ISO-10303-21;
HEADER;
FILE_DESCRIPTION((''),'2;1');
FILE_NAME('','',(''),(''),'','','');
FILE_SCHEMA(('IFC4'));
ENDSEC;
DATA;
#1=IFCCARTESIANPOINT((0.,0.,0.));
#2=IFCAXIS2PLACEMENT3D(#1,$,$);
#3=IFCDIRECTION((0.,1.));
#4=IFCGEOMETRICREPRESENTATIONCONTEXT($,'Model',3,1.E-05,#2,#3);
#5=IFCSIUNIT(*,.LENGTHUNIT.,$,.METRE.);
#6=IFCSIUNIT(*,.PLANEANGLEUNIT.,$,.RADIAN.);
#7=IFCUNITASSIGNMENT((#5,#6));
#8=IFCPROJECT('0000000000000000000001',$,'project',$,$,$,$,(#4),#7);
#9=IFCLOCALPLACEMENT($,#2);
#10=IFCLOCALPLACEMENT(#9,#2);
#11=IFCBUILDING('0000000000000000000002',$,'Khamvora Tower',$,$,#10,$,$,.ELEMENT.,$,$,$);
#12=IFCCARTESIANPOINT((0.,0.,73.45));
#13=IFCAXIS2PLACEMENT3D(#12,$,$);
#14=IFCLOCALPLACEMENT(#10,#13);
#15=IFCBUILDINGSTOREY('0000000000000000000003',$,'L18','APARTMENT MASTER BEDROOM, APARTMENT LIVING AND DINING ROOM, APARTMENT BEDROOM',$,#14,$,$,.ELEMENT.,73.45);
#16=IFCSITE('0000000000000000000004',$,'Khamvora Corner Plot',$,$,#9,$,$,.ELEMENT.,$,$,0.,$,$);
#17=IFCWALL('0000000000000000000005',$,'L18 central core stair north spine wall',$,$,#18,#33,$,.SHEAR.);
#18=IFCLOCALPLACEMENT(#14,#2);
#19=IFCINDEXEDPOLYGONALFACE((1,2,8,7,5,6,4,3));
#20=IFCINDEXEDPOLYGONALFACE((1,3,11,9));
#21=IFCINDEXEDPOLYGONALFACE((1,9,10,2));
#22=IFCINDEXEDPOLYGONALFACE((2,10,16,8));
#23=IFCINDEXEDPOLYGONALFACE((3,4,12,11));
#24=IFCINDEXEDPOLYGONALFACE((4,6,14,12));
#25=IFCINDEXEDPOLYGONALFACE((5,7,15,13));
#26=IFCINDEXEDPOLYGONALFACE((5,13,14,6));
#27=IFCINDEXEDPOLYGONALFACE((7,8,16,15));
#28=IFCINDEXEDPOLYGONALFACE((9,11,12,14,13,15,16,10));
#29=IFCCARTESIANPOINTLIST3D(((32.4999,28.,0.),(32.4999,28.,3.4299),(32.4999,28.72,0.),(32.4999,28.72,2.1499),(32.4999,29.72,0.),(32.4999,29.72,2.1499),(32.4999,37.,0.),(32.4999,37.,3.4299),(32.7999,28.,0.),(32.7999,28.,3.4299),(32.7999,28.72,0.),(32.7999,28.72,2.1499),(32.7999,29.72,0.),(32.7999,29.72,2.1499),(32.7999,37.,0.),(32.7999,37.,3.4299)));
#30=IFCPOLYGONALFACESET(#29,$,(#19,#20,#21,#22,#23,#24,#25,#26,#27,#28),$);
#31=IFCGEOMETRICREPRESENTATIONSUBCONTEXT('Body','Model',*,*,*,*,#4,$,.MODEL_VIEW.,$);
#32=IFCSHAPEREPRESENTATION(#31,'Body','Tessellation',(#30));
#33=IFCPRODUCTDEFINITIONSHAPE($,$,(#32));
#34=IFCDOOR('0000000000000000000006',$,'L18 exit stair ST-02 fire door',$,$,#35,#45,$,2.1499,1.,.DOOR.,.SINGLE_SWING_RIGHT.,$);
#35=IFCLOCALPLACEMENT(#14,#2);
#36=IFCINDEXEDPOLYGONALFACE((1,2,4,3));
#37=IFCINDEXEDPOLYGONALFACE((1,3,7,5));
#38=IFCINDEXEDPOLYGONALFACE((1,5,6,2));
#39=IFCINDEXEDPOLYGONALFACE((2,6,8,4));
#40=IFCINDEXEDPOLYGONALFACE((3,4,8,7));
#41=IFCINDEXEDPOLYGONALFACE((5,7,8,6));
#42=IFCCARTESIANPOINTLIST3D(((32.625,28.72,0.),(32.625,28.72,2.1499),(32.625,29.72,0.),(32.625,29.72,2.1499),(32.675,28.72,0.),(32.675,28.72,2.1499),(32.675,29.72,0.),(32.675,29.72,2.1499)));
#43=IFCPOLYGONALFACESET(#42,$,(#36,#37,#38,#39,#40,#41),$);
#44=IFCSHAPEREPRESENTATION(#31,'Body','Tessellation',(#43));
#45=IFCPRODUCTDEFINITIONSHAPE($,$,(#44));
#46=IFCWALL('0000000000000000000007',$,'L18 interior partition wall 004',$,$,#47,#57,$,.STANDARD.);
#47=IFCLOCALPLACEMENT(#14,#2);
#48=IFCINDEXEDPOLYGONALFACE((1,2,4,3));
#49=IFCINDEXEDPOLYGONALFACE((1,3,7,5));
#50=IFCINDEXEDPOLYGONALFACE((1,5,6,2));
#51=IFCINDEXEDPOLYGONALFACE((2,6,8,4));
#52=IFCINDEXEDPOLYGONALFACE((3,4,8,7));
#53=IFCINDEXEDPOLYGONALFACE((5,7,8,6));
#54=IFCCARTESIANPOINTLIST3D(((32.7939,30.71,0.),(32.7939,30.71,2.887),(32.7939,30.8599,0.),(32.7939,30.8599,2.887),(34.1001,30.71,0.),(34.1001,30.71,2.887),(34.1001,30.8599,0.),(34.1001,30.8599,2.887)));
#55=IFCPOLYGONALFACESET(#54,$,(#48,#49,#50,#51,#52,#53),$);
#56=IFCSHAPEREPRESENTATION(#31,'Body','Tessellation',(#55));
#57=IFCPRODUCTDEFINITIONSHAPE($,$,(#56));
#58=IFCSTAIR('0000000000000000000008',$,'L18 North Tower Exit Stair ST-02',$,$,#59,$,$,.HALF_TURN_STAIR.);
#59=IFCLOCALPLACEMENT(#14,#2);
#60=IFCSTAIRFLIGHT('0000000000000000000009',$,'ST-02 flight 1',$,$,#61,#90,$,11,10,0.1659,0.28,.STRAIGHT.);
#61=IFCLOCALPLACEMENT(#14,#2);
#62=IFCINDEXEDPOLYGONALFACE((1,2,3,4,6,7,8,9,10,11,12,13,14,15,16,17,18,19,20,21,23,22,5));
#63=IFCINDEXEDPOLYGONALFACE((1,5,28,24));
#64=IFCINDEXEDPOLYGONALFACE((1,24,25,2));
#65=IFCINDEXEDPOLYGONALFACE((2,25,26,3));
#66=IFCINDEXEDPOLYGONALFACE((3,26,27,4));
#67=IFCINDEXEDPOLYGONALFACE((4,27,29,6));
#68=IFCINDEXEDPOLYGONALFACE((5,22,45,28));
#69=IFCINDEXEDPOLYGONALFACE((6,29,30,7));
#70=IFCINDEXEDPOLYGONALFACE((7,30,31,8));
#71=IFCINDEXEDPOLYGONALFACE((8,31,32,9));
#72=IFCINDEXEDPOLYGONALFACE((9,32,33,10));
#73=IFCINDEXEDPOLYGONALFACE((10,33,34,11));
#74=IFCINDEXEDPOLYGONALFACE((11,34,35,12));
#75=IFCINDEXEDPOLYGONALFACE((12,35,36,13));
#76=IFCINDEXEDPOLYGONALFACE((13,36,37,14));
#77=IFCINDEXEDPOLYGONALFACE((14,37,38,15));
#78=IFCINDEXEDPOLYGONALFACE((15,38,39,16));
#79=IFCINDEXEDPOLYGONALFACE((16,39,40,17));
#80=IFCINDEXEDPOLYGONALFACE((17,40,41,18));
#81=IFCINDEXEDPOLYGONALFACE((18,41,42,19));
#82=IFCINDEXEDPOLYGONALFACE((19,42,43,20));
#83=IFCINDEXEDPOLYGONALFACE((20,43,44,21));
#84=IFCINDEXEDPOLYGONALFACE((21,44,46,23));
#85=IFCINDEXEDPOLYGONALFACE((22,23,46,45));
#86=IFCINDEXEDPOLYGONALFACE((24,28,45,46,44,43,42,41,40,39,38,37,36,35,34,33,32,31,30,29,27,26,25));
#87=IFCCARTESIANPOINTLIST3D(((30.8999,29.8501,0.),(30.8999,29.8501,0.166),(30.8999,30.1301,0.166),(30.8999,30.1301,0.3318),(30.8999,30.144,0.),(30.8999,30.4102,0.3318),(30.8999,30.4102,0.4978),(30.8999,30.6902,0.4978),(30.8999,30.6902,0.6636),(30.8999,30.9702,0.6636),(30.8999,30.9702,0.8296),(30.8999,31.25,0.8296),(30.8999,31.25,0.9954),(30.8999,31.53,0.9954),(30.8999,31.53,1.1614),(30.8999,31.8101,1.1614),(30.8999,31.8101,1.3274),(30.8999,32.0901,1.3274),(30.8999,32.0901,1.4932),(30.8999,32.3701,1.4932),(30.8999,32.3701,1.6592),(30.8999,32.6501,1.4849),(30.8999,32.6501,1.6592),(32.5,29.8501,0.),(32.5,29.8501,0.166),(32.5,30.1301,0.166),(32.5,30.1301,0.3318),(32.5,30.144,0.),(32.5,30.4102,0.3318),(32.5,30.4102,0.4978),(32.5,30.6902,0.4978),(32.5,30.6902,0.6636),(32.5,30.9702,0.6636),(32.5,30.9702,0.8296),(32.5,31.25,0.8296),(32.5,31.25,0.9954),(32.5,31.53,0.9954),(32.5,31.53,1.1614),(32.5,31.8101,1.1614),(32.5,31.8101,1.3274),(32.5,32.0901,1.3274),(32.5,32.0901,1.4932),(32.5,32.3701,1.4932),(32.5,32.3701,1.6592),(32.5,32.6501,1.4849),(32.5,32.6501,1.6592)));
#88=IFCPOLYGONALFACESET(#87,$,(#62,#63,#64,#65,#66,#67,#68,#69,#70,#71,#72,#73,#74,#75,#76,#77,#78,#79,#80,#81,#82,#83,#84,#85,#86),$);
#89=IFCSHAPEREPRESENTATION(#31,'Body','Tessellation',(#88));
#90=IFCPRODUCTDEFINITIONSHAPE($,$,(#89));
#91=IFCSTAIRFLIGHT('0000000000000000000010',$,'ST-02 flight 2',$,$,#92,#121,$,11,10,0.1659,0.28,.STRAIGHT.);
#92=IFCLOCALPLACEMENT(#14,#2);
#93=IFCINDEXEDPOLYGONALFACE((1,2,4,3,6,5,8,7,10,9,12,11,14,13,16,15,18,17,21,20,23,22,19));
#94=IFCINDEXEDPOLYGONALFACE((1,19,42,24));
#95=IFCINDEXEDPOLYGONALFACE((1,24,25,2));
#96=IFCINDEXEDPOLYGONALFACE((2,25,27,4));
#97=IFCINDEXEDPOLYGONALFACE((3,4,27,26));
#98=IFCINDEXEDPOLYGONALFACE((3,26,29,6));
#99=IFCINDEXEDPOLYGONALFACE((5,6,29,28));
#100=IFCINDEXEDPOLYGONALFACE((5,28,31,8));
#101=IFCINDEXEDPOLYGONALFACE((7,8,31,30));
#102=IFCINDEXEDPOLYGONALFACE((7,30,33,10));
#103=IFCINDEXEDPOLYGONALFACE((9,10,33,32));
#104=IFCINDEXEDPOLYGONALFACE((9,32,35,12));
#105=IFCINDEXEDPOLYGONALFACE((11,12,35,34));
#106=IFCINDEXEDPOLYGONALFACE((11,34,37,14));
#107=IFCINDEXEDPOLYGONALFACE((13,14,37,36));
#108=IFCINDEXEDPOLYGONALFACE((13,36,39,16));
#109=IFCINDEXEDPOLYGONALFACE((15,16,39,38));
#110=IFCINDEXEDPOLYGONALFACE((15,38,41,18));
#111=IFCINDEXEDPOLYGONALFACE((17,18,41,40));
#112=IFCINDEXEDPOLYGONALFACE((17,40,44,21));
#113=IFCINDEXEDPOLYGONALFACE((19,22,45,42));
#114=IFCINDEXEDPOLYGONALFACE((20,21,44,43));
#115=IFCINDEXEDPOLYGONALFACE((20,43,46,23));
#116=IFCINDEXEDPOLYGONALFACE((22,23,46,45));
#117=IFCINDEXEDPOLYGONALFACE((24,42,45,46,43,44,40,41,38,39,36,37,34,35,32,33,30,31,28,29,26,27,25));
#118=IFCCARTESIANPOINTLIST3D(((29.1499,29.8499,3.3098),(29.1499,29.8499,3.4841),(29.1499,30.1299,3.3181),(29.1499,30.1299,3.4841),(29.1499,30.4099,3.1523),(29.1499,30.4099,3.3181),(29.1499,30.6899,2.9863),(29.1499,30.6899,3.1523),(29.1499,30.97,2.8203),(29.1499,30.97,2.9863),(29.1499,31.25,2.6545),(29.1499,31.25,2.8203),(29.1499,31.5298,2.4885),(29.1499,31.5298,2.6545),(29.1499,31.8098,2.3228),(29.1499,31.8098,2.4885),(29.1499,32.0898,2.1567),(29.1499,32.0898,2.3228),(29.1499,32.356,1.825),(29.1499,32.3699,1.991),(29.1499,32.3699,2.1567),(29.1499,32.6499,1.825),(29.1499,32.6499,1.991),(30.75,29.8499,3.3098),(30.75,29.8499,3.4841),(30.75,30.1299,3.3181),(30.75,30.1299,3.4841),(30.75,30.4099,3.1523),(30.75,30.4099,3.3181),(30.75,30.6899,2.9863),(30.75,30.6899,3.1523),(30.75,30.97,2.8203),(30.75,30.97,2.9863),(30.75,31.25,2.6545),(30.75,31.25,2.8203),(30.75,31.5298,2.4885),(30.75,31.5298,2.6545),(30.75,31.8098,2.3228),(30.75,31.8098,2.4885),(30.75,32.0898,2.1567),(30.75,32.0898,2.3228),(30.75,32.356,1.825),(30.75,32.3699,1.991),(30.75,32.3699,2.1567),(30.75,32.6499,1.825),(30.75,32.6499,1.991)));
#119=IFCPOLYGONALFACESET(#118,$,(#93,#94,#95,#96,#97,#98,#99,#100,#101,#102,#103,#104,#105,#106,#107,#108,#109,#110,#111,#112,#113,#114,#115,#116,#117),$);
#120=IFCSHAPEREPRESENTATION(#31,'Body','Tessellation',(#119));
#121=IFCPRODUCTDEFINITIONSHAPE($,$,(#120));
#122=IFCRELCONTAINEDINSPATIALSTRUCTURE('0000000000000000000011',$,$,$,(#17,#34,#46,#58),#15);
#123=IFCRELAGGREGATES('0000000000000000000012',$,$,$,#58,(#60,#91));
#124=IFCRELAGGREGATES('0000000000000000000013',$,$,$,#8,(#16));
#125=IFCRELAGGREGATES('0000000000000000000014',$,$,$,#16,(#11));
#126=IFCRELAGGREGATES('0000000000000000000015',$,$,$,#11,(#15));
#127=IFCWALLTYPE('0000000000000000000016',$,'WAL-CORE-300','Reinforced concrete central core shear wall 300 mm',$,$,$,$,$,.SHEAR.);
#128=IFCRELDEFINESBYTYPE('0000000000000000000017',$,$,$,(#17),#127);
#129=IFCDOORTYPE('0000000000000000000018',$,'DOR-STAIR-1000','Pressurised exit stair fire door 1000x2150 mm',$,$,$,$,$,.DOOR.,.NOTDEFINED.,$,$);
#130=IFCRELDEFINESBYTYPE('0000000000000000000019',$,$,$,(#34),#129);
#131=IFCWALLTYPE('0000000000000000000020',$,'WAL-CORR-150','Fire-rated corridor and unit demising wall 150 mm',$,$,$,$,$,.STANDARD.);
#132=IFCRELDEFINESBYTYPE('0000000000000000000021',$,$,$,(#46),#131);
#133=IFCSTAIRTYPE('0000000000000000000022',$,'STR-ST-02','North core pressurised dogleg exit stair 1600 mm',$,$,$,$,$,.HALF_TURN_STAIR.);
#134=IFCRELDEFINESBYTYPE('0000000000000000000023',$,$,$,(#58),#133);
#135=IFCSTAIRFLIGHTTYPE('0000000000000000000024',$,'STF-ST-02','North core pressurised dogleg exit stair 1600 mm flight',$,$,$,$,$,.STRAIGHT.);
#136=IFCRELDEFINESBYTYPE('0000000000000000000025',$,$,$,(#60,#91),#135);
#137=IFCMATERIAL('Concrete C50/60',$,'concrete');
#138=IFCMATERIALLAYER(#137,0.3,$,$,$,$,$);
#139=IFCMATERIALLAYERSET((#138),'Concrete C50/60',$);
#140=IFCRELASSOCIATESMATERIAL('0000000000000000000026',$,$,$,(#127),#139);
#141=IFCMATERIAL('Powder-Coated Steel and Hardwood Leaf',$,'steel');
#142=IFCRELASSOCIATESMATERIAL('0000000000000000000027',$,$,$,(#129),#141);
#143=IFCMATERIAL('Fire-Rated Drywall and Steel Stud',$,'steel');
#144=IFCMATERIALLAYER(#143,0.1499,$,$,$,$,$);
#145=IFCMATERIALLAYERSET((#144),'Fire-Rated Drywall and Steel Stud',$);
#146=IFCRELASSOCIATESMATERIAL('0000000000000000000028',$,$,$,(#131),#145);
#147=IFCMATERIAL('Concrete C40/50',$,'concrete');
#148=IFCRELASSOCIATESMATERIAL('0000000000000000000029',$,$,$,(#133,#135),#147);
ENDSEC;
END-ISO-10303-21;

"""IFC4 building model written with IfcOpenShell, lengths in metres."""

from ifc_helpers import new_model, si_unit, direction, frame, frame_2d, origin, place, context, subcontext, project, spatial, polyline, rectangle, outline, extrude, material, layer, layer_set, type_object, element, fill, aggregate, save


model = new_model("IFC4")

# Units and contexts
model_context = context("Model", 3, precision=1e-05, world=origin(), true_north=direction((0.0, 1.0)))
body_context = subcontext(model_context, "Body", "Model", "MODEL_VIEW")
ifc_project = project(units=[si_unit("LENGTHUNIT", "METRE"), si_unit("PLANEANGLEUNIT", "RADIAN")], contexts=[model_context])

# Site, building, storey
site_placement = place(None, origin())
site = spatial("IfcSite", under=ifc_project, at=site_placement, Name="Khamvora Corner Plot", CompositionType="ELEMENT", RefElevation=0.0)
building_placement = place(site_placement, origin())
building = spatial("IfcBuilding", under=site, at=building_placement, Name="Khamvora Tower", CompositionType="ELEMENT")
storey_placement = place(building_placement, frame((0.0, 0.0, 73.45)))
storey = spatial("IfcBuildingStorey", under=building, at=storey_placement, Name="L18", Description="APARTMENT MASTER BEDROOM, APARTMENT LIVING AND DINING ROOM, APARTMENT BEDROOM", CompositionType="ELEMENT", Elevation=73.45)

# Wall, opening, door
ifc_material_1 = material(Name="Concrete C50/60", Category="concrete")
ifc_layer_1 = layer(ifc_material_1, 0.3)
ifc_layer_set_1 = layer_set([ifc_layer_1], Name="Concrete C50/60")
wall_type_1 = type_object("IfcWallType", Name="WAL-CORE-300", Description="Reinforced concrete central core shear wall 300 mm", PredefinedType="SHEAR", material=ifc_layer_set_1)
ifc_material_2 = material(Name="Powder-Coated Steel and Hardwood Leaf", Category="steel")
wall_1_placement = place(storey_placement, frame((32.6499, 28.0, 0.0), z_axis=(0.0, 0.0, 1.0), x_axis=(0.0, 1.0, 0.0)))
wall_1 = element("IfcWall", 1, at=wall_1_placement, inside=storey, type_object=wall_type_1, Name="L18 central core stair north spine wall", PredefinedType="SHEAR", context=body_context, shape_type="SweptSolid", body=[
    extrude(rectangle(XDim=9.0, YDim=0.3, at=frame_2d((4.5, 0.0))), origin(), (0.0, 0.0, 1.0), 3.4299),
])
opening_1_placement = place(wall_1_placement, frame((0.72, 0.0, 0.0)))
opening_1 = element("IfcOpeningElement", 2, at=opening_1_placement, cuts=wall_1, PredefinedType="OPENING", context=body_context, shape_type="SweptSolid", body=[
    extrude(rectangle(XDim=1.0, YDim=2.1499, at=frame_2d((0.5, 1.075))), frame((0.0, 0.1599, 0.0), z_axis=(0.0, -1.0, 0.0), x_axis=(1.0, 0.0, 0.0)), (0.0, 0.0, 1.0), 0.3201),
])
door_type_1 = type_object("IfcDoorType", Name="DOR-STAIR-1000", Description="Pressurised exit stair fire door 1000x2150 mm", OperationType="NOTDEFINED", PredefinedType="DOOR", material=ifc_material_2)
door_1_placement = place(opening_1_placement, origin())
door_1 = element("IfcDoor", 3, at=door_1_placement, inside=storey, type_object=door_type_1, Name="L18 exit stair ST-02 fire door", OperationType="SINGLE_SWING_RIGHT", OverallHeight=2.1499, OverallWidth=1.0, PredefinedType="DOOR", context=body_context, shape_type="SweptSolid", body=[
    extrude(rectangle(XDim=1.0, YDim=2.1499, at=frame_2d((0.5, 1.075))), frame((0.0, 0.0249, 0.0), z_axis=(0.0, -1.0, 0.0), x_axis=(1.0, 0.0, 0.0)), (0.0, 0.0, 1.0), 0.05),
])
fill(opening_1, door_1)

# Wall
ifc_material_3 = material(Name="Fire-Rated Drywall and Steel Stud", Category="steel")
ifc_layer_2 = layer(ifc_material_3, 0.1499)
ifc_layer_set_2 = layer_set([ifc_layer_2], Name="Fire-Rated Drywall and Steel Stud")
wall_type_2 = type_object("IfcWallType", Name="WAL-CORR-150", Description="Fire-rated corridor and unit demising wall 150 mm", PredefinedType="STANDARD", material=ifc_layer_set_2)
wall_2_placement = place(storey_placement, frame((32.7939, 30.7849, 0.0), z_axis=(0.0, 0.0, 1.0), x_axis=(1.0, 0.0, 0.0)))
element("IfcWall", 4, at=wall_2_placement, inside=storey, type_object=wall_type_2, Name="L18 interior partition wall 004", PredefinedType="STANDARD", context=body_context, shape_type="SweptSolid", body=[
    extrude(rectangle(XDim=1.3062, YDim=0.1499, at=frame_2d((0.6531, 0.0))), origin(), (0.0, 0.0, 1.0), 2.887),
])

# Stair, stair flights
ifc_material_4 = material(Name="Concrete C40/50", Category="concrete")
stair_type = type_object("IfcStairType", Name="STR-ST-02", Description="North core pressurised dogleg exit stair 1600 mm", PredefinedType="HALF_TURN_STAIR", material=ifc_material_4)
stair_placement = place(storey_placement, origin())
stair = element("IfcStair", 5, at=stair_placement, inside=storey, type_object=stair_type, Name="L18 North Tower Exit Stair ST-02", PredefinedType="HALF_TURN_STAIR")
stair_flight_type = type_object("IfcStairFlightType", Name="STF-ST-02", Description="North core pressurised dogleg exit stair 1600 mm flight", PredefinedType="STRAIGHT", material=ifc_material_4)
stair_flight_1_placement = place(storey_placement, frame((31.7, 29.8501, 0.0), z_axis=(0.0, 0.0, 1.0), x_axis=(0.0, 1.0, 0.0)))
stair_flight_1 = element("IfcStairFlight", 6, at=stair_flight_1_placement, type_object=stair_flight_type, Name="ST-02 flight 1", NumberOfRisers=11, NumberOfTreads=10, PredefinedType="STRAIGHT", RiserHeight=0.1659, TreadLength=0.28, context=body_context, shape_type="SweptSolid", body=[
    extrude(outline(polyline([(0.0, 0.0), (0.0, 0.166), (0.28, 0.166), (0.28, 0.3318), (0.5601, 0.3318), (0.5601, 0.4978), (0.8401, 0.4978), (0.8401, 0.6636), (1.1201, 0.6636), (1.1201, 0.8296), (1.3999, 0.8296), (1.3999, 0.9954), (1.6799, 0.9954), (1.6799, 1.1614), (1.96, 1.1614), (1.96, 1.3274), (2.24, 1.3274), (2.24, 1.4932), (2.52, 1.4932), (2.52, 1.6592), (2.8, 1.6592), (2.8, 1.825), (2.8, 1.4849), (0.2939, 0.0), (0.0, 0.0)])), frame((0.0, 0.8, 0.0), z_axis=(0.0, -1.0, 0.0), x_axis=(1.0, 0.0, 0.0)), (0.0, 0.0, 1.0), 1.6001),
])
stair_flight_2_placement = place(storey_placement, frame((29.95, 32.6499, 1.825), z_axis=(0.0, 0.0, 1.0), x_axis=(0.0, -1.0, 0.0)))
stair_flight_2 = element("IfcStairFlight", 7, at=stair_flight_2_placement, type_object=stair_flight_type, Name="ST-02 flight 2", NumberOfRisers=11, NumberOfTreads=10, PredefinedType="STRAIGHT", RiserHeight=0.1659, TreadLength=0.28, context=body_context, shape_type="SweptSolid", body=[
    extrude(outline(polyline([(0.0, 0.0), (0.0, 0.166), (0.28, 0.166), (0.28, 0.3318), (0.5601, 0.3318), (0.5601, 0.4978), (0.8401, 0.4978), (0.8401, 0.6636), (1.1201, 0.6636), (1.1201, 0.8296), (1.3999, 0.8296), (1.3999, 0.9954), (1.6799, 0.9954), (1.6799, 1.1614), (1.96, 1.1614), (1.96, 1.3274), (2.24, 1.3274), (2.24, 1.4932), (2.52, 1.4932), (2.52, 1.6592), (2.8, 1.6592), (2.8, 1.825), (2.8, 1.4849), (0.2939, 0.0), (0.0, 0.0)])), frame((0.0, 0.8, 0.0), z_axis=(0.0, -1.0, 0.0), x_axis=(1.0, 0.0, 0.0)), (0.0, 0.0, 1.0), 1.6001),
])
aggregate(stair, [stair_flight_1, stair_flight_2])

save(model, "model.ifc")
